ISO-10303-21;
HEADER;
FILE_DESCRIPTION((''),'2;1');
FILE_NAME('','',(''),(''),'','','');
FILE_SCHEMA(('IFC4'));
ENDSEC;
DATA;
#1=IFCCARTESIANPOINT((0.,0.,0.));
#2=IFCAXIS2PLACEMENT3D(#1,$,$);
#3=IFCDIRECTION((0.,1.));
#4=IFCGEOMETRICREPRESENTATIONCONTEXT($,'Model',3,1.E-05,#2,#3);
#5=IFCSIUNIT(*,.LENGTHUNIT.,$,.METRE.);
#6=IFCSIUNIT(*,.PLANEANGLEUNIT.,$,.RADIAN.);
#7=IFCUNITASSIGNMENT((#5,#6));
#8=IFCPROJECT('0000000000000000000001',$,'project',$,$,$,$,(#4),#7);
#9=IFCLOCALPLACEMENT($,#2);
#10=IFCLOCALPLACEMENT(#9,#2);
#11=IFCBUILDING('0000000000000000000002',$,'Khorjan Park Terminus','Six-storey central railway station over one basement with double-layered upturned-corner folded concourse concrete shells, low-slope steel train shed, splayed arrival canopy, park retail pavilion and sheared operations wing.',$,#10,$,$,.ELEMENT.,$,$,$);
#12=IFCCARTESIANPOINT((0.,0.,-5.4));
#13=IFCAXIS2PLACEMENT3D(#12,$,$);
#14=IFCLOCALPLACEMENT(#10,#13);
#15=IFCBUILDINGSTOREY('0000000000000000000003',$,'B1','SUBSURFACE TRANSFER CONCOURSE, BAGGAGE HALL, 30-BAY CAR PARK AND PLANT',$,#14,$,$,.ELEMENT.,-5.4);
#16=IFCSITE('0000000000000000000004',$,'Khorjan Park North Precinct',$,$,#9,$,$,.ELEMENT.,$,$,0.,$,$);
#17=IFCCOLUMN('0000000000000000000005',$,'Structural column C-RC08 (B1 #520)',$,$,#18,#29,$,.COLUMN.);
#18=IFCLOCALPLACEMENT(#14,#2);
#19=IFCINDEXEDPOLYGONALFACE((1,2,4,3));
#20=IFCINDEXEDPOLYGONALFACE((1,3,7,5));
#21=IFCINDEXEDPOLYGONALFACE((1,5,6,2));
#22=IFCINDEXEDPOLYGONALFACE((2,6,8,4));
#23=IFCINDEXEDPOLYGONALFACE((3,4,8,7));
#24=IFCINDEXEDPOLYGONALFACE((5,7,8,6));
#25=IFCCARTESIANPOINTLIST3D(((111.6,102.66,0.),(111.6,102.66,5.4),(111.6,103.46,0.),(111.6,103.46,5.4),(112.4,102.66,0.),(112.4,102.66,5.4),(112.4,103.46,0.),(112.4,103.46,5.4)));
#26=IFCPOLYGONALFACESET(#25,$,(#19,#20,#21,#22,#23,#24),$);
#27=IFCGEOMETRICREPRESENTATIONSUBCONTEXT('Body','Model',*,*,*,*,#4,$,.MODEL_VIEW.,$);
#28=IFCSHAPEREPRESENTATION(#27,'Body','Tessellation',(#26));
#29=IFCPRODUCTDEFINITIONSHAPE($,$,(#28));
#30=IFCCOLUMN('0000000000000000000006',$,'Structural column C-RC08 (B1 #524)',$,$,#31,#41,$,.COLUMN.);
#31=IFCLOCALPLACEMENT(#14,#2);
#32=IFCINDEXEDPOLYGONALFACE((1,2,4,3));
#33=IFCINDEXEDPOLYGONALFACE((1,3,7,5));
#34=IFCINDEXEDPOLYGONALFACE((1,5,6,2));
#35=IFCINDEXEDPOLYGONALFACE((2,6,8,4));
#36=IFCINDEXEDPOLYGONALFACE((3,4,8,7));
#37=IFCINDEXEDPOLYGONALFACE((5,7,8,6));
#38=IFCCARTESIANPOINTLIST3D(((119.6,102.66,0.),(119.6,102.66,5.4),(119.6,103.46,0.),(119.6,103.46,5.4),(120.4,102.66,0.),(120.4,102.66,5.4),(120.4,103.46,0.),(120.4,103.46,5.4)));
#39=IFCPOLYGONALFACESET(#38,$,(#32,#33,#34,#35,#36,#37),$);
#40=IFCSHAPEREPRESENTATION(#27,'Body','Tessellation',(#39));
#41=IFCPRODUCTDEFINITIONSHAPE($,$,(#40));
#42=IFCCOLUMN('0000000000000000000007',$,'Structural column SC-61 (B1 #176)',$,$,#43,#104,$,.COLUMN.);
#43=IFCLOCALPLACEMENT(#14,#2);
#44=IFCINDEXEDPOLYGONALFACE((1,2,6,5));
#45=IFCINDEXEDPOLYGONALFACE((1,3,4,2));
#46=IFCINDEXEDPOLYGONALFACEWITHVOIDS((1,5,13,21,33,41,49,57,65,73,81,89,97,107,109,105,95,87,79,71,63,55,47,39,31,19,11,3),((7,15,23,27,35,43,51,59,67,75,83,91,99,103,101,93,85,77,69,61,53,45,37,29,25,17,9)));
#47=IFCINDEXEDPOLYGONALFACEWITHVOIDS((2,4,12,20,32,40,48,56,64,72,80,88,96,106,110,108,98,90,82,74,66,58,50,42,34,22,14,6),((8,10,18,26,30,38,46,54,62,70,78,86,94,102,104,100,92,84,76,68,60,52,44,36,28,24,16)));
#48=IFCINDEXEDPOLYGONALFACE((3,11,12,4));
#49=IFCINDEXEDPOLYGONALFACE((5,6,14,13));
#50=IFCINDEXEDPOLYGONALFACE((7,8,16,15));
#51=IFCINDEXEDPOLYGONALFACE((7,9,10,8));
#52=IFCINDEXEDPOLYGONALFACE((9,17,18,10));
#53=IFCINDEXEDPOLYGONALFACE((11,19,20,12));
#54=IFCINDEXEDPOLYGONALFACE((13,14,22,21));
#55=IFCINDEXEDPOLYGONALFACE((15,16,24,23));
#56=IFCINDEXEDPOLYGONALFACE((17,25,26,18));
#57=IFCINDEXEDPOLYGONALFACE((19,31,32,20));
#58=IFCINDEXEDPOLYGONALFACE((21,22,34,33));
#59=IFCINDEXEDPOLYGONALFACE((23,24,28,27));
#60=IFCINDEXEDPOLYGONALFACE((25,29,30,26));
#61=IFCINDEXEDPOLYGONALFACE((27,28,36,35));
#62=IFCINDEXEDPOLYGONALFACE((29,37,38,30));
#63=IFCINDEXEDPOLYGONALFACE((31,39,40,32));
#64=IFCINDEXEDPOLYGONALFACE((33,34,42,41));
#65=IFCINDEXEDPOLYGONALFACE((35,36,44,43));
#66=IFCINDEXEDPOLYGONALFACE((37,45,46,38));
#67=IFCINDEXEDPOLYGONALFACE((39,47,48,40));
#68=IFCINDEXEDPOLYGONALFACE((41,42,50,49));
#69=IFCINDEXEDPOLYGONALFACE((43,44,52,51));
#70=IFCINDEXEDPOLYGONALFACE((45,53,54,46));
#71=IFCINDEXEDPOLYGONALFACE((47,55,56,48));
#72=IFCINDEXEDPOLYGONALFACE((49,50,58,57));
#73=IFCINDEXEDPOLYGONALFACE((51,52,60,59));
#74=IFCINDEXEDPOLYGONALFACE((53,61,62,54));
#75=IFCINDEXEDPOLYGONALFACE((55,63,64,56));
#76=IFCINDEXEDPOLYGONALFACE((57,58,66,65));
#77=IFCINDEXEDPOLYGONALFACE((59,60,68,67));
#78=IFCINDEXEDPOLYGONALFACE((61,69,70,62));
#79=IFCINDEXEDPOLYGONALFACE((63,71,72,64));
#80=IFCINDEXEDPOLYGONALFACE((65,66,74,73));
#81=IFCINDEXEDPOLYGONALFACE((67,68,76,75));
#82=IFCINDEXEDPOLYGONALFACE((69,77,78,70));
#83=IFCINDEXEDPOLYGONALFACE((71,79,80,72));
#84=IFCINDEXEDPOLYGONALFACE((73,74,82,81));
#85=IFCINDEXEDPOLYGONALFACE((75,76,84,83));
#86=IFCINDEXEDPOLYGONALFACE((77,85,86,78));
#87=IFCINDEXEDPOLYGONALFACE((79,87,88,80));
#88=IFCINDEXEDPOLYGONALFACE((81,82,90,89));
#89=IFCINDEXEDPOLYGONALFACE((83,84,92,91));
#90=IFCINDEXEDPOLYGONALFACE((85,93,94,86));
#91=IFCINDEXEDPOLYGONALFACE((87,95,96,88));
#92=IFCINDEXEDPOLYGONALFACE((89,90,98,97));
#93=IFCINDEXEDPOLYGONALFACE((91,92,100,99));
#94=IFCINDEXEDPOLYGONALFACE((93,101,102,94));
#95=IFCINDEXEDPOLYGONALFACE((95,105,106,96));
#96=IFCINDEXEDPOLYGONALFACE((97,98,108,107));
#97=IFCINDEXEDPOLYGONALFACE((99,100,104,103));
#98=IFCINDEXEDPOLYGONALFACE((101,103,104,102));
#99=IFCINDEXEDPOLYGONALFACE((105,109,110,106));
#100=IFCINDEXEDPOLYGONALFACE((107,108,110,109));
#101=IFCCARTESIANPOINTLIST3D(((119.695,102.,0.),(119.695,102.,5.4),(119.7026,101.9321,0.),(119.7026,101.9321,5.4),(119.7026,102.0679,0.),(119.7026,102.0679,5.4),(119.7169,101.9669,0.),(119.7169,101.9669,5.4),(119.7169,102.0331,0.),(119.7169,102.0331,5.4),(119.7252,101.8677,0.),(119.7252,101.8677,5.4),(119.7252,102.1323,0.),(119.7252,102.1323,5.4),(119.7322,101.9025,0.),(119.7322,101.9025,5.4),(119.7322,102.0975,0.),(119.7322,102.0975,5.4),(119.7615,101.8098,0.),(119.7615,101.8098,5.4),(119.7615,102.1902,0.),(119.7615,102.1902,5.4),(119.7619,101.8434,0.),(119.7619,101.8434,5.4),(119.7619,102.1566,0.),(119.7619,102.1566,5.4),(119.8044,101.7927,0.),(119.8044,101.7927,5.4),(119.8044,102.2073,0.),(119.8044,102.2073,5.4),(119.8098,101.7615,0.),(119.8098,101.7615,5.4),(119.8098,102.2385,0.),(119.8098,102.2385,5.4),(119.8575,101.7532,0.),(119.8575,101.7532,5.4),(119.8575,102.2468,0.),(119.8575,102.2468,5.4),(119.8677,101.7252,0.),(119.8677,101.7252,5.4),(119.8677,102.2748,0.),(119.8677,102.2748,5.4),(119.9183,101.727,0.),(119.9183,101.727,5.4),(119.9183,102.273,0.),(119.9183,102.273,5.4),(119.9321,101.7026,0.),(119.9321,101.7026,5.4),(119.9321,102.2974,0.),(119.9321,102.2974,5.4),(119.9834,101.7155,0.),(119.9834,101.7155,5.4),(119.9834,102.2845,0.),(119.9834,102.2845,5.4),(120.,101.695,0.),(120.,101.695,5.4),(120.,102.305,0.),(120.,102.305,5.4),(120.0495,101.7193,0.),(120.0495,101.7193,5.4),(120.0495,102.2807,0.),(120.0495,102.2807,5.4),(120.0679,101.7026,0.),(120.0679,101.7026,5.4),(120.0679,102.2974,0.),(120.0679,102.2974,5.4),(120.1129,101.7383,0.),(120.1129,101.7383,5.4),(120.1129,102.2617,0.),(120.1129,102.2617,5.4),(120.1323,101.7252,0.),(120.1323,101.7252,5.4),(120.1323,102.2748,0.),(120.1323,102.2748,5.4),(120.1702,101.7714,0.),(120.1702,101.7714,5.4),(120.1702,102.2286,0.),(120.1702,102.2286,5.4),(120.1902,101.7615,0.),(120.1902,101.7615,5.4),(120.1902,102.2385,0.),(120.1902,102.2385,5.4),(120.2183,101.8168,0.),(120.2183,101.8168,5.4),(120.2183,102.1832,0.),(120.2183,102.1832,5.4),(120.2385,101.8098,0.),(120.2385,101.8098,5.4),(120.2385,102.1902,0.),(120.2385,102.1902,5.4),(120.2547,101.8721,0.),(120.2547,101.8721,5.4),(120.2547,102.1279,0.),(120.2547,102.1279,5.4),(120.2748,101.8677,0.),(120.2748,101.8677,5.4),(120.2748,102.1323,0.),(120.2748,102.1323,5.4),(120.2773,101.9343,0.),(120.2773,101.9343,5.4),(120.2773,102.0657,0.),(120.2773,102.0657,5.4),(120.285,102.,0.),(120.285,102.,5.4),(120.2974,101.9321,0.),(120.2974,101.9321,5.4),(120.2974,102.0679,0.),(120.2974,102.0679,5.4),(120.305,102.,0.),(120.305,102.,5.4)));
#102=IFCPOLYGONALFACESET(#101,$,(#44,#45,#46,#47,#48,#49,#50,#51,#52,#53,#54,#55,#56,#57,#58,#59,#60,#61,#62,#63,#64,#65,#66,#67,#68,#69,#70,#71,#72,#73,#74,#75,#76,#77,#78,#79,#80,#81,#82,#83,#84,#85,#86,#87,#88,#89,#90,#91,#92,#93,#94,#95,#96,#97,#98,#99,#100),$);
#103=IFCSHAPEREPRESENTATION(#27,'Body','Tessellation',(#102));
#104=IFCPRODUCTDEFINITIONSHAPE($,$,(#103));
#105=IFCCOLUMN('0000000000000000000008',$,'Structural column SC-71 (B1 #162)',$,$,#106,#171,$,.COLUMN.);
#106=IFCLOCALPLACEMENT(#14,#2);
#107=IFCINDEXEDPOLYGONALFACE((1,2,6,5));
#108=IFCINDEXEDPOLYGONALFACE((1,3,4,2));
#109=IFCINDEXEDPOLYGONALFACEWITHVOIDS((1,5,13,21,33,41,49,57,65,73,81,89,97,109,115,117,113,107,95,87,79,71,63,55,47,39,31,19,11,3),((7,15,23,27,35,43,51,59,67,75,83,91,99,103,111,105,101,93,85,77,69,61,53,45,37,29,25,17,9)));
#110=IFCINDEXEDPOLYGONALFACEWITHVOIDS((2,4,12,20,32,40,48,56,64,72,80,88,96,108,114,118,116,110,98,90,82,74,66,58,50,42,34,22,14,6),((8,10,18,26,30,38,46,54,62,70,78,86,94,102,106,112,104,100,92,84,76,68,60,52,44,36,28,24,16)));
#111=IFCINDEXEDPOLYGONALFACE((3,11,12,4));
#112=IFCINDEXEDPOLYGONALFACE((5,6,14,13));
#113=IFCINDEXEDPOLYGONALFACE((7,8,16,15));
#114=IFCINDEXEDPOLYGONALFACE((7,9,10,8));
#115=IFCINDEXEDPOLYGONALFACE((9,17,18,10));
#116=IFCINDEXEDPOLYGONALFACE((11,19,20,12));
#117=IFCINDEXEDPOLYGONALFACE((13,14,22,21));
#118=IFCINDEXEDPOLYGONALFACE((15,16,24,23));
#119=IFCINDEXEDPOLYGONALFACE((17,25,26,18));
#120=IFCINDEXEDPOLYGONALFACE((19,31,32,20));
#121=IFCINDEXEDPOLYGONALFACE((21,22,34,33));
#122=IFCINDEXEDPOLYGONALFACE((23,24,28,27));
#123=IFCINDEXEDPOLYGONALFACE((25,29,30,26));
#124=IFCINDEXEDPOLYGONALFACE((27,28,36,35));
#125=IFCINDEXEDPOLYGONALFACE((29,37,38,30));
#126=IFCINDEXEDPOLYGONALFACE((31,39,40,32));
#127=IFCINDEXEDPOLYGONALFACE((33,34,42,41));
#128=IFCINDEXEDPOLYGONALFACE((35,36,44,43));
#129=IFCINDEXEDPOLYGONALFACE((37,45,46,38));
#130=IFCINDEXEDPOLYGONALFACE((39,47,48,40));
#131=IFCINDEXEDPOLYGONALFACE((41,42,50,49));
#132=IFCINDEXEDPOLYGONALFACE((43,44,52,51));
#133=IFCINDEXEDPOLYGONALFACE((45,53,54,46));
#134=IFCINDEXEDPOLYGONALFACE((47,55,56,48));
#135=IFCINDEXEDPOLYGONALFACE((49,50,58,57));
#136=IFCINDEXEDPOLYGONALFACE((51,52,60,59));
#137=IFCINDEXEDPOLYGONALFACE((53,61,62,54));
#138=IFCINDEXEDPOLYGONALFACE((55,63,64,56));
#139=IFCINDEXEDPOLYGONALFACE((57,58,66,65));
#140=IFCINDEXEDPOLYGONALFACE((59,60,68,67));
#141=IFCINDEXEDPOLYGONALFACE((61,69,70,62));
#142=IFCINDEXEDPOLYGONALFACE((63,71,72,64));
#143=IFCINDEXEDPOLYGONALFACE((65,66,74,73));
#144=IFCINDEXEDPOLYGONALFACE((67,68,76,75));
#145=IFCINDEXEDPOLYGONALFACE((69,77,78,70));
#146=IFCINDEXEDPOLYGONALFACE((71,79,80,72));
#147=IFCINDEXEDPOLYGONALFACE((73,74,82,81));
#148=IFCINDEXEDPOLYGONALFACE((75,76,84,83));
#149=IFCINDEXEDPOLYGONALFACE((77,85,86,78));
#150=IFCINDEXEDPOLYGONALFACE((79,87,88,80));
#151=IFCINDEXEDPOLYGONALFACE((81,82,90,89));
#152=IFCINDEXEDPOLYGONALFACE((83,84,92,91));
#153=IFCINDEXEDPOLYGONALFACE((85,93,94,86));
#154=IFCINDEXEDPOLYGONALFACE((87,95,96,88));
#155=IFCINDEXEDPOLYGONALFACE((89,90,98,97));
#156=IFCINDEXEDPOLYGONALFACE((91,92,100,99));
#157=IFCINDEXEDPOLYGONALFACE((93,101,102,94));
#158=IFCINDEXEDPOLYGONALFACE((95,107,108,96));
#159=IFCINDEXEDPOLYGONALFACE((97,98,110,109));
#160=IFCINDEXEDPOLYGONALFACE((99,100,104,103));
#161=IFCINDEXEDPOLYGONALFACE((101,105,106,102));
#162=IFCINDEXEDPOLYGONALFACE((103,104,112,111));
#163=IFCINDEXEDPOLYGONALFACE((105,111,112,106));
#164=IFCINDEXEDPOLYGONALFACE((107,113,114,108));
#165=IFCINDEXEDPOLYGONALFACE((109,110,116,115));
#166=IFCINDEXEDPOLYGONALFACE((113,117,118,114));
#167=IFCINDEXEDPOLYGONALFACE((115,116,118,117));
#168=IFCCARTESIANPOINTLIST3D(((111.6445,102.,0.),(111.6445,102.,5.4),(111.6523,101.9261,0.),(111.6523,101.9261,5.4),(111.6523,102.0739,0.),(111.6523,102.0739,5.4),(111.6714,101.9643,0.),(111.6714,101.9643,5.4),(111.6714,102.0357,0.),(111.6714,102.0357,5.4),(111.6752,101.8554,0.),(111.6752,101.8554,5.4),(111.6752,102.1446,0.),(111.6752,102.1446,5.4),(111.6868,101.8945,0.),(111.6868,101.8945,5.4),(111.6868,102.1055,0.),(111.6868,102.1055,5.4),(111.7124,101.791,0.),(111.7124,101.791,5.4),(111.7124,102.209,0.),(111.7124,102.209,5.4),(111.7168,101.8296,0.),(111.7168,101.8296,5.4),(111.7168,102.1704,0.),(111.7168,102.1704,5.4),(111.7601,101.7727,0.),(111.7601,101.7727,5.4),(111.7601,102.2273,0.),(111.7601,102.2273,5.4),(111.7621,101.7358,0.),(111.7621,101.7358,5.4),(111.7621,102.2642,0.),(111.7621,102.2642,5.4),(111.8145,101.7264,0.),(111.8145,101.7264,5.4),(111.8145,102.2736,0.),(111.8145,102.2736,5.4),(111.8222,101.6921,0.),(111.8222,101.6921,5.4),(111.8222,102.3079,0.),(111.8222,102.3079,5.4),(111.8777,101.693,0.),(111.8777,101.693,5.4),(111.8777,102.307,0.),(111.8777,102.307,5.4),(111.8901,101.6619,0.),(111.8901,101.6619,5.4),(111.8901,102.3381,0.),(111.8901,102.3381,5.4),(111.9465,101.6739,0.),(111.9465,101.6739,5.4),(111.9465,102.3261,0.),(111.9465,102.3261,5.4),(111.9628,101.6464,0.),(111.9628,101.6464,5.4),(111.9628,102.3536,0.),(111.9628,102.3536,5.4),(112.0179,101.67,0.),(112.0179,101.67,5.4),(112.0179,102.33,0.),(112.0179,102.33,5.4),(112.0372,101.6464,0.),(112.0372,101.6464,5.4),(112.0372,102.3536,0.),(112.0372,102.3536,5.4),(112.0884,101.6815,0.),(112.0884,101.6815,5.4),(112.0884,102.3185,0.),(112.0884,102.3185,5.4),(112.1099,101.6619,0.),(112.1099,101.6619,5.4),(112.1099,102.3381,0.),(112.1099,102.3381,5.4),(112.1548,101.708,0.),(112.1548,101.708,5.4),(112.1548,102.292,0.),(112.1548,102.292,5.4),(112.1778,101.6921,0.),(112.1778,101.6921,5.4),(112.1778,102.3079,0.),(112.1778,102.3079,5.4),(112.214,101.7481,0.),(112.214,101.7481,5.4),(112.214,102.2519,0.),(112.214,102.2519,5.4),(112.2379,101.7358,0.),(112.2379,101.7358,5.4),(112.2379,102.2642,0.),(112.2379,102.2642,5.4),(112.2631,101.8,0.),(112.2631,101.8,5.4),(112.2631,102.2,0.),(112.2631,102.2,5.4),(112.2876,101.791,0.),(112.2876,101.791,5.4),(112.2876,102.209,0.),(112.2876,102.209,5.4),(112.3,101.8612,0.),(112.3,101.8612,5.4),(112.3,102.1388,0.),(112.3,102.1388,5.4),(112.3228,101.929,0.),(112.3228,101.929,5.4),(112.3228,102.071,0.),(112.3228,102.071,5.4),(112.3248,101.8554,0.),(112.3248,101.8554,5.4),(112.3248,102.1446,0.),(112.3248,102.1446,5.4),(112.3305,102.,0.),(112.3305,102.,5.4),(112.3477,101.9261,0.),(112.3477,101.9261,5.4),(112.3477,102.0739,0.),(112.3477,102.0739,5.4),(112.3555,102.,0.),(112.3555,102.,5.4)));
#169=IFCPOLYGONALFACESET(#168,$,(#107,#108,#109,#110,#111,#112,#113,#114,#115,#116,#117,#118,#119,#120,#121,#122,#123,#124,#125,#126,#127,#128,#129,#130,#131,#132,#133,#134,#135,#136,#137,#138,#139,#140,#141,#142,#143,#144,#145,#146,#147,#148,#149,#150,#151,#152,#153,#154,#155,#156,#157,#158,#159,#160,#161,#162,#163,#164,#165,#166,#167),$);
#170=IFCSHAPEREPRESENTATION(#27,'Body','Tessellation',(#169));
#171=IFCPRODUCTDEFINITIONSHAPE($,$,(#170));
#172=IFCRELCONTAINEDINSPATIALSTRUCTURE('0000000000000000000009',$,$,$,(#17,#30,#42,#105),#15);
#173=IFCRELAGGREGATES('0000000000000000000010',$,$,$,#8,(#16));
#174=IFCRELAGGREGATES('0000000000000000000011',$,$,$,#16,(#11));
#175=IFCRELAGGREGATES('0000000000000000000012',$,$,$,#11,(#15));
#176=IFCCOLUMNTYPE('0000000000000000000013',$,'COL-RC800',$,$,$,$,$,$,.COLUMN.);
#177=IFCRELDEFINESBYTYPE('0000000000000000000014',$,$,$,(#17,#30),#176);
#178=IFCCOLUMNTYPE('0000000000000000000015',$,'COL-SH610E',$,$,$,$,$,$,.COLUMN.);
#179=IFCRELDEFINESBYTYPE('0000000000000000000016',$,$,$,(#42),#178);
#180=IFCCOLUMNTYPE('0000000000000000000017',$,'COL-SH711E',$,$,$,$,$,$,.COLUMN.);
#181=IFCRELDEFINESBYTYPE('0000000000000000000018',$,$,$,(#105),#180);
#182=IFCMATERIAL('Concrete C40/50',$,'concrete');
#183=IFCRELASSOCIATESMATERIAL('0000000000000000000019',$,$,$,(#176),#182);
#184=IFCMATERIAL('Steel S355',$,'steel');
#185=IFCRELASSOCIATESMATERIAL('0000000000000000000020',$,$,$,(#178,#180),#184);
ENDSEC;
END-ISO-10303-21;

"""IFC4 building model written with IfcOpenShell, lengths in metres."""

from ifc_helpers import new_model, si_unit, direction, frame, origin, origin_2d, place, context, subcontext, project, spatial, rectangle, hollow_circle, extrude, material, material_profile, profile_set, type_object, element, save


model = new_model("IFC4")

# Units and contexts
model_context = context("Model", 3, precision=1e-05, world=origin(), true_north=direction((0.0, 1.0)))
body_context = subcontext(model_context, "Body", "Model", "MODEL_VIEW")
ifc_project = project(units=[si_unit("LENGTHUNIT", "METRE"), si_unit("PLANEANGLEUNIT", "RADIAN")], contexts=[model_context])

# Site, building, storey
site_placement = place(None, origin())
site = spatial("IfcSite", under=ifc_project, at=site_placement, Name="Khorjan Park North Precinct", CompositionType="ELEMENT", RefElevation=0.0)
building_placement = place(site_placement, origin())
building = spatial("IfcBuilding", under=site, at=building_placement, Name="Khorjan Park Terminus", Description="Six-storey central railway station over one basement with double-layered upturned-corner folded concourse concrete shells, low-slope steel train shed, splayed arrival canopy, park retail pavilion and sheared operations wing.", CompositionType="ELEMENT")
storey_placement = place(building_placement, frame((0.0, 0.0, -5.4)))
storey = spatial("IfcBuildingStorey", under=building, at=storey_placement, Name="B1", Description="SUBSURFACE TRANSFER CONCOURSE, BAGGAGE HALL, 30-BAY CAR PARK AND PLANT", CompositionType="ELEMENT", Elevation=-5.4)

# Shared definitions
ifc_material_1 = material(Name="Concrete C40/50", Category="concrete")

# Columns
ifc_material_2 = material(Name="Steel S355", Category="steel")
ifc_material_profile_1 = material_profile(ifc_material_1, rectangle(XDim=0.8, YDim=0.8, at=origin_2d()), Name="RC 800x800")
ifc_profile_set_1 = profile_set([ifc_material_profile_1], Name="Concrete C40/50")
column_type_1 = type_object("IfcColumnType", Name="COL-RC800", PredefinedType="COLUMN", material=ifc_profile_set_1)
for number, where, z_axis, x_axis, name in (
    (1, (112.0, 103.06, 0.0), (0.0, 0.0, 1.0), (1.0, 0.0, 0.0), "Structural column C-RC08 (B1 #520)"),
    (2, (120.0, 103.06, 0.0), (0.0, 0.0, 1.0), (1.0, 0.0, 0.0), "Structural column C-RC08 (B1 #524)"),
):
    element("IfcColumn", number, at=place(storey_placement, frame(where, z_axis=z_axis, x_axis=x_axis)), inside=storey, type_object=column_type_1, Name=name, PredefinedType="COLUMN", context=body_context, shape_type="SweptSolid", body=[
        extrude(rectangle(XDim=0.8, YDim=0.8, at=origin_2d()), origin(), (0.0, 0.0, 1.0), 5.4),
    ])
ifc_material_profile_2 = material_profile(ifc_material_2, hollow_circle(Radius=0.305, WallThickness=0.02, at=origin_2d()), Name="CHS 610x20")
ifc_profile_set_2 = profile_set([ifc_material_profile_2], Name="Steel S355")
column_type_2 = type_object("IfcColumnType", Name="COL-SH610E", PredefinedType="COLUMN", material=ifc_profile_set_2)
column_1_placement = place(storey_placement, frame((120.0, 102.0, 0.0), z_axis=(0.0, 0.0, 1.0), x_axis=(1.0, 0.0, 0.0)))
element("IfcColumn", 3, at=column_1_placement, inside=storey, type_object=column_type_2, Name="Structural column SC-61 (B1 #176)", PredefinedType="COLUMN", context=body_context, shape_type="SweptSolid", body=[
    extrude(hollow_circle(Radius=0.305, WallThickness=0.02, at=origin_2d()), origin(), (0.0, 0.0, 1.0), 5.4),
])
ifc_material_profile_3 = material_profile(ifc_material_2, hollow_circle(Radius=0.3555, WallThickness=0.025, at=origin_2d()), Name="CHS 711x25")
ifc_profile_set_3 = profile_set([ifc_material_profile_3], Name="Steel S355")
column_type_3 = type_object("IfcColumnType", Name="COL-SH711E", PredefinedType="COLUMN", material=ifc_profile_set_3)
column_2_placement = place(storey_placement, frame((112.0, 102.0, 0.0), z_axis=(0.0, 0.0, 1.0), x_axis=(1.0, 0.0, 0.0)))
element("IfcColumn", 4, at=column_2_placement, inside=storey, type_object=column_type_3, Name="Structural column SC-71 (B1 #162)", PredefinedType="COLUMN", context=body_context, shape_type="SweptSolid", body=[
    extrude(hollow_circle(Radius=0.3555, WallThickness=0.025, at=origin_2d()), origin(), (0.0, 0.0, 1.0), 5.4),
])

save(model, "model.ifc")
